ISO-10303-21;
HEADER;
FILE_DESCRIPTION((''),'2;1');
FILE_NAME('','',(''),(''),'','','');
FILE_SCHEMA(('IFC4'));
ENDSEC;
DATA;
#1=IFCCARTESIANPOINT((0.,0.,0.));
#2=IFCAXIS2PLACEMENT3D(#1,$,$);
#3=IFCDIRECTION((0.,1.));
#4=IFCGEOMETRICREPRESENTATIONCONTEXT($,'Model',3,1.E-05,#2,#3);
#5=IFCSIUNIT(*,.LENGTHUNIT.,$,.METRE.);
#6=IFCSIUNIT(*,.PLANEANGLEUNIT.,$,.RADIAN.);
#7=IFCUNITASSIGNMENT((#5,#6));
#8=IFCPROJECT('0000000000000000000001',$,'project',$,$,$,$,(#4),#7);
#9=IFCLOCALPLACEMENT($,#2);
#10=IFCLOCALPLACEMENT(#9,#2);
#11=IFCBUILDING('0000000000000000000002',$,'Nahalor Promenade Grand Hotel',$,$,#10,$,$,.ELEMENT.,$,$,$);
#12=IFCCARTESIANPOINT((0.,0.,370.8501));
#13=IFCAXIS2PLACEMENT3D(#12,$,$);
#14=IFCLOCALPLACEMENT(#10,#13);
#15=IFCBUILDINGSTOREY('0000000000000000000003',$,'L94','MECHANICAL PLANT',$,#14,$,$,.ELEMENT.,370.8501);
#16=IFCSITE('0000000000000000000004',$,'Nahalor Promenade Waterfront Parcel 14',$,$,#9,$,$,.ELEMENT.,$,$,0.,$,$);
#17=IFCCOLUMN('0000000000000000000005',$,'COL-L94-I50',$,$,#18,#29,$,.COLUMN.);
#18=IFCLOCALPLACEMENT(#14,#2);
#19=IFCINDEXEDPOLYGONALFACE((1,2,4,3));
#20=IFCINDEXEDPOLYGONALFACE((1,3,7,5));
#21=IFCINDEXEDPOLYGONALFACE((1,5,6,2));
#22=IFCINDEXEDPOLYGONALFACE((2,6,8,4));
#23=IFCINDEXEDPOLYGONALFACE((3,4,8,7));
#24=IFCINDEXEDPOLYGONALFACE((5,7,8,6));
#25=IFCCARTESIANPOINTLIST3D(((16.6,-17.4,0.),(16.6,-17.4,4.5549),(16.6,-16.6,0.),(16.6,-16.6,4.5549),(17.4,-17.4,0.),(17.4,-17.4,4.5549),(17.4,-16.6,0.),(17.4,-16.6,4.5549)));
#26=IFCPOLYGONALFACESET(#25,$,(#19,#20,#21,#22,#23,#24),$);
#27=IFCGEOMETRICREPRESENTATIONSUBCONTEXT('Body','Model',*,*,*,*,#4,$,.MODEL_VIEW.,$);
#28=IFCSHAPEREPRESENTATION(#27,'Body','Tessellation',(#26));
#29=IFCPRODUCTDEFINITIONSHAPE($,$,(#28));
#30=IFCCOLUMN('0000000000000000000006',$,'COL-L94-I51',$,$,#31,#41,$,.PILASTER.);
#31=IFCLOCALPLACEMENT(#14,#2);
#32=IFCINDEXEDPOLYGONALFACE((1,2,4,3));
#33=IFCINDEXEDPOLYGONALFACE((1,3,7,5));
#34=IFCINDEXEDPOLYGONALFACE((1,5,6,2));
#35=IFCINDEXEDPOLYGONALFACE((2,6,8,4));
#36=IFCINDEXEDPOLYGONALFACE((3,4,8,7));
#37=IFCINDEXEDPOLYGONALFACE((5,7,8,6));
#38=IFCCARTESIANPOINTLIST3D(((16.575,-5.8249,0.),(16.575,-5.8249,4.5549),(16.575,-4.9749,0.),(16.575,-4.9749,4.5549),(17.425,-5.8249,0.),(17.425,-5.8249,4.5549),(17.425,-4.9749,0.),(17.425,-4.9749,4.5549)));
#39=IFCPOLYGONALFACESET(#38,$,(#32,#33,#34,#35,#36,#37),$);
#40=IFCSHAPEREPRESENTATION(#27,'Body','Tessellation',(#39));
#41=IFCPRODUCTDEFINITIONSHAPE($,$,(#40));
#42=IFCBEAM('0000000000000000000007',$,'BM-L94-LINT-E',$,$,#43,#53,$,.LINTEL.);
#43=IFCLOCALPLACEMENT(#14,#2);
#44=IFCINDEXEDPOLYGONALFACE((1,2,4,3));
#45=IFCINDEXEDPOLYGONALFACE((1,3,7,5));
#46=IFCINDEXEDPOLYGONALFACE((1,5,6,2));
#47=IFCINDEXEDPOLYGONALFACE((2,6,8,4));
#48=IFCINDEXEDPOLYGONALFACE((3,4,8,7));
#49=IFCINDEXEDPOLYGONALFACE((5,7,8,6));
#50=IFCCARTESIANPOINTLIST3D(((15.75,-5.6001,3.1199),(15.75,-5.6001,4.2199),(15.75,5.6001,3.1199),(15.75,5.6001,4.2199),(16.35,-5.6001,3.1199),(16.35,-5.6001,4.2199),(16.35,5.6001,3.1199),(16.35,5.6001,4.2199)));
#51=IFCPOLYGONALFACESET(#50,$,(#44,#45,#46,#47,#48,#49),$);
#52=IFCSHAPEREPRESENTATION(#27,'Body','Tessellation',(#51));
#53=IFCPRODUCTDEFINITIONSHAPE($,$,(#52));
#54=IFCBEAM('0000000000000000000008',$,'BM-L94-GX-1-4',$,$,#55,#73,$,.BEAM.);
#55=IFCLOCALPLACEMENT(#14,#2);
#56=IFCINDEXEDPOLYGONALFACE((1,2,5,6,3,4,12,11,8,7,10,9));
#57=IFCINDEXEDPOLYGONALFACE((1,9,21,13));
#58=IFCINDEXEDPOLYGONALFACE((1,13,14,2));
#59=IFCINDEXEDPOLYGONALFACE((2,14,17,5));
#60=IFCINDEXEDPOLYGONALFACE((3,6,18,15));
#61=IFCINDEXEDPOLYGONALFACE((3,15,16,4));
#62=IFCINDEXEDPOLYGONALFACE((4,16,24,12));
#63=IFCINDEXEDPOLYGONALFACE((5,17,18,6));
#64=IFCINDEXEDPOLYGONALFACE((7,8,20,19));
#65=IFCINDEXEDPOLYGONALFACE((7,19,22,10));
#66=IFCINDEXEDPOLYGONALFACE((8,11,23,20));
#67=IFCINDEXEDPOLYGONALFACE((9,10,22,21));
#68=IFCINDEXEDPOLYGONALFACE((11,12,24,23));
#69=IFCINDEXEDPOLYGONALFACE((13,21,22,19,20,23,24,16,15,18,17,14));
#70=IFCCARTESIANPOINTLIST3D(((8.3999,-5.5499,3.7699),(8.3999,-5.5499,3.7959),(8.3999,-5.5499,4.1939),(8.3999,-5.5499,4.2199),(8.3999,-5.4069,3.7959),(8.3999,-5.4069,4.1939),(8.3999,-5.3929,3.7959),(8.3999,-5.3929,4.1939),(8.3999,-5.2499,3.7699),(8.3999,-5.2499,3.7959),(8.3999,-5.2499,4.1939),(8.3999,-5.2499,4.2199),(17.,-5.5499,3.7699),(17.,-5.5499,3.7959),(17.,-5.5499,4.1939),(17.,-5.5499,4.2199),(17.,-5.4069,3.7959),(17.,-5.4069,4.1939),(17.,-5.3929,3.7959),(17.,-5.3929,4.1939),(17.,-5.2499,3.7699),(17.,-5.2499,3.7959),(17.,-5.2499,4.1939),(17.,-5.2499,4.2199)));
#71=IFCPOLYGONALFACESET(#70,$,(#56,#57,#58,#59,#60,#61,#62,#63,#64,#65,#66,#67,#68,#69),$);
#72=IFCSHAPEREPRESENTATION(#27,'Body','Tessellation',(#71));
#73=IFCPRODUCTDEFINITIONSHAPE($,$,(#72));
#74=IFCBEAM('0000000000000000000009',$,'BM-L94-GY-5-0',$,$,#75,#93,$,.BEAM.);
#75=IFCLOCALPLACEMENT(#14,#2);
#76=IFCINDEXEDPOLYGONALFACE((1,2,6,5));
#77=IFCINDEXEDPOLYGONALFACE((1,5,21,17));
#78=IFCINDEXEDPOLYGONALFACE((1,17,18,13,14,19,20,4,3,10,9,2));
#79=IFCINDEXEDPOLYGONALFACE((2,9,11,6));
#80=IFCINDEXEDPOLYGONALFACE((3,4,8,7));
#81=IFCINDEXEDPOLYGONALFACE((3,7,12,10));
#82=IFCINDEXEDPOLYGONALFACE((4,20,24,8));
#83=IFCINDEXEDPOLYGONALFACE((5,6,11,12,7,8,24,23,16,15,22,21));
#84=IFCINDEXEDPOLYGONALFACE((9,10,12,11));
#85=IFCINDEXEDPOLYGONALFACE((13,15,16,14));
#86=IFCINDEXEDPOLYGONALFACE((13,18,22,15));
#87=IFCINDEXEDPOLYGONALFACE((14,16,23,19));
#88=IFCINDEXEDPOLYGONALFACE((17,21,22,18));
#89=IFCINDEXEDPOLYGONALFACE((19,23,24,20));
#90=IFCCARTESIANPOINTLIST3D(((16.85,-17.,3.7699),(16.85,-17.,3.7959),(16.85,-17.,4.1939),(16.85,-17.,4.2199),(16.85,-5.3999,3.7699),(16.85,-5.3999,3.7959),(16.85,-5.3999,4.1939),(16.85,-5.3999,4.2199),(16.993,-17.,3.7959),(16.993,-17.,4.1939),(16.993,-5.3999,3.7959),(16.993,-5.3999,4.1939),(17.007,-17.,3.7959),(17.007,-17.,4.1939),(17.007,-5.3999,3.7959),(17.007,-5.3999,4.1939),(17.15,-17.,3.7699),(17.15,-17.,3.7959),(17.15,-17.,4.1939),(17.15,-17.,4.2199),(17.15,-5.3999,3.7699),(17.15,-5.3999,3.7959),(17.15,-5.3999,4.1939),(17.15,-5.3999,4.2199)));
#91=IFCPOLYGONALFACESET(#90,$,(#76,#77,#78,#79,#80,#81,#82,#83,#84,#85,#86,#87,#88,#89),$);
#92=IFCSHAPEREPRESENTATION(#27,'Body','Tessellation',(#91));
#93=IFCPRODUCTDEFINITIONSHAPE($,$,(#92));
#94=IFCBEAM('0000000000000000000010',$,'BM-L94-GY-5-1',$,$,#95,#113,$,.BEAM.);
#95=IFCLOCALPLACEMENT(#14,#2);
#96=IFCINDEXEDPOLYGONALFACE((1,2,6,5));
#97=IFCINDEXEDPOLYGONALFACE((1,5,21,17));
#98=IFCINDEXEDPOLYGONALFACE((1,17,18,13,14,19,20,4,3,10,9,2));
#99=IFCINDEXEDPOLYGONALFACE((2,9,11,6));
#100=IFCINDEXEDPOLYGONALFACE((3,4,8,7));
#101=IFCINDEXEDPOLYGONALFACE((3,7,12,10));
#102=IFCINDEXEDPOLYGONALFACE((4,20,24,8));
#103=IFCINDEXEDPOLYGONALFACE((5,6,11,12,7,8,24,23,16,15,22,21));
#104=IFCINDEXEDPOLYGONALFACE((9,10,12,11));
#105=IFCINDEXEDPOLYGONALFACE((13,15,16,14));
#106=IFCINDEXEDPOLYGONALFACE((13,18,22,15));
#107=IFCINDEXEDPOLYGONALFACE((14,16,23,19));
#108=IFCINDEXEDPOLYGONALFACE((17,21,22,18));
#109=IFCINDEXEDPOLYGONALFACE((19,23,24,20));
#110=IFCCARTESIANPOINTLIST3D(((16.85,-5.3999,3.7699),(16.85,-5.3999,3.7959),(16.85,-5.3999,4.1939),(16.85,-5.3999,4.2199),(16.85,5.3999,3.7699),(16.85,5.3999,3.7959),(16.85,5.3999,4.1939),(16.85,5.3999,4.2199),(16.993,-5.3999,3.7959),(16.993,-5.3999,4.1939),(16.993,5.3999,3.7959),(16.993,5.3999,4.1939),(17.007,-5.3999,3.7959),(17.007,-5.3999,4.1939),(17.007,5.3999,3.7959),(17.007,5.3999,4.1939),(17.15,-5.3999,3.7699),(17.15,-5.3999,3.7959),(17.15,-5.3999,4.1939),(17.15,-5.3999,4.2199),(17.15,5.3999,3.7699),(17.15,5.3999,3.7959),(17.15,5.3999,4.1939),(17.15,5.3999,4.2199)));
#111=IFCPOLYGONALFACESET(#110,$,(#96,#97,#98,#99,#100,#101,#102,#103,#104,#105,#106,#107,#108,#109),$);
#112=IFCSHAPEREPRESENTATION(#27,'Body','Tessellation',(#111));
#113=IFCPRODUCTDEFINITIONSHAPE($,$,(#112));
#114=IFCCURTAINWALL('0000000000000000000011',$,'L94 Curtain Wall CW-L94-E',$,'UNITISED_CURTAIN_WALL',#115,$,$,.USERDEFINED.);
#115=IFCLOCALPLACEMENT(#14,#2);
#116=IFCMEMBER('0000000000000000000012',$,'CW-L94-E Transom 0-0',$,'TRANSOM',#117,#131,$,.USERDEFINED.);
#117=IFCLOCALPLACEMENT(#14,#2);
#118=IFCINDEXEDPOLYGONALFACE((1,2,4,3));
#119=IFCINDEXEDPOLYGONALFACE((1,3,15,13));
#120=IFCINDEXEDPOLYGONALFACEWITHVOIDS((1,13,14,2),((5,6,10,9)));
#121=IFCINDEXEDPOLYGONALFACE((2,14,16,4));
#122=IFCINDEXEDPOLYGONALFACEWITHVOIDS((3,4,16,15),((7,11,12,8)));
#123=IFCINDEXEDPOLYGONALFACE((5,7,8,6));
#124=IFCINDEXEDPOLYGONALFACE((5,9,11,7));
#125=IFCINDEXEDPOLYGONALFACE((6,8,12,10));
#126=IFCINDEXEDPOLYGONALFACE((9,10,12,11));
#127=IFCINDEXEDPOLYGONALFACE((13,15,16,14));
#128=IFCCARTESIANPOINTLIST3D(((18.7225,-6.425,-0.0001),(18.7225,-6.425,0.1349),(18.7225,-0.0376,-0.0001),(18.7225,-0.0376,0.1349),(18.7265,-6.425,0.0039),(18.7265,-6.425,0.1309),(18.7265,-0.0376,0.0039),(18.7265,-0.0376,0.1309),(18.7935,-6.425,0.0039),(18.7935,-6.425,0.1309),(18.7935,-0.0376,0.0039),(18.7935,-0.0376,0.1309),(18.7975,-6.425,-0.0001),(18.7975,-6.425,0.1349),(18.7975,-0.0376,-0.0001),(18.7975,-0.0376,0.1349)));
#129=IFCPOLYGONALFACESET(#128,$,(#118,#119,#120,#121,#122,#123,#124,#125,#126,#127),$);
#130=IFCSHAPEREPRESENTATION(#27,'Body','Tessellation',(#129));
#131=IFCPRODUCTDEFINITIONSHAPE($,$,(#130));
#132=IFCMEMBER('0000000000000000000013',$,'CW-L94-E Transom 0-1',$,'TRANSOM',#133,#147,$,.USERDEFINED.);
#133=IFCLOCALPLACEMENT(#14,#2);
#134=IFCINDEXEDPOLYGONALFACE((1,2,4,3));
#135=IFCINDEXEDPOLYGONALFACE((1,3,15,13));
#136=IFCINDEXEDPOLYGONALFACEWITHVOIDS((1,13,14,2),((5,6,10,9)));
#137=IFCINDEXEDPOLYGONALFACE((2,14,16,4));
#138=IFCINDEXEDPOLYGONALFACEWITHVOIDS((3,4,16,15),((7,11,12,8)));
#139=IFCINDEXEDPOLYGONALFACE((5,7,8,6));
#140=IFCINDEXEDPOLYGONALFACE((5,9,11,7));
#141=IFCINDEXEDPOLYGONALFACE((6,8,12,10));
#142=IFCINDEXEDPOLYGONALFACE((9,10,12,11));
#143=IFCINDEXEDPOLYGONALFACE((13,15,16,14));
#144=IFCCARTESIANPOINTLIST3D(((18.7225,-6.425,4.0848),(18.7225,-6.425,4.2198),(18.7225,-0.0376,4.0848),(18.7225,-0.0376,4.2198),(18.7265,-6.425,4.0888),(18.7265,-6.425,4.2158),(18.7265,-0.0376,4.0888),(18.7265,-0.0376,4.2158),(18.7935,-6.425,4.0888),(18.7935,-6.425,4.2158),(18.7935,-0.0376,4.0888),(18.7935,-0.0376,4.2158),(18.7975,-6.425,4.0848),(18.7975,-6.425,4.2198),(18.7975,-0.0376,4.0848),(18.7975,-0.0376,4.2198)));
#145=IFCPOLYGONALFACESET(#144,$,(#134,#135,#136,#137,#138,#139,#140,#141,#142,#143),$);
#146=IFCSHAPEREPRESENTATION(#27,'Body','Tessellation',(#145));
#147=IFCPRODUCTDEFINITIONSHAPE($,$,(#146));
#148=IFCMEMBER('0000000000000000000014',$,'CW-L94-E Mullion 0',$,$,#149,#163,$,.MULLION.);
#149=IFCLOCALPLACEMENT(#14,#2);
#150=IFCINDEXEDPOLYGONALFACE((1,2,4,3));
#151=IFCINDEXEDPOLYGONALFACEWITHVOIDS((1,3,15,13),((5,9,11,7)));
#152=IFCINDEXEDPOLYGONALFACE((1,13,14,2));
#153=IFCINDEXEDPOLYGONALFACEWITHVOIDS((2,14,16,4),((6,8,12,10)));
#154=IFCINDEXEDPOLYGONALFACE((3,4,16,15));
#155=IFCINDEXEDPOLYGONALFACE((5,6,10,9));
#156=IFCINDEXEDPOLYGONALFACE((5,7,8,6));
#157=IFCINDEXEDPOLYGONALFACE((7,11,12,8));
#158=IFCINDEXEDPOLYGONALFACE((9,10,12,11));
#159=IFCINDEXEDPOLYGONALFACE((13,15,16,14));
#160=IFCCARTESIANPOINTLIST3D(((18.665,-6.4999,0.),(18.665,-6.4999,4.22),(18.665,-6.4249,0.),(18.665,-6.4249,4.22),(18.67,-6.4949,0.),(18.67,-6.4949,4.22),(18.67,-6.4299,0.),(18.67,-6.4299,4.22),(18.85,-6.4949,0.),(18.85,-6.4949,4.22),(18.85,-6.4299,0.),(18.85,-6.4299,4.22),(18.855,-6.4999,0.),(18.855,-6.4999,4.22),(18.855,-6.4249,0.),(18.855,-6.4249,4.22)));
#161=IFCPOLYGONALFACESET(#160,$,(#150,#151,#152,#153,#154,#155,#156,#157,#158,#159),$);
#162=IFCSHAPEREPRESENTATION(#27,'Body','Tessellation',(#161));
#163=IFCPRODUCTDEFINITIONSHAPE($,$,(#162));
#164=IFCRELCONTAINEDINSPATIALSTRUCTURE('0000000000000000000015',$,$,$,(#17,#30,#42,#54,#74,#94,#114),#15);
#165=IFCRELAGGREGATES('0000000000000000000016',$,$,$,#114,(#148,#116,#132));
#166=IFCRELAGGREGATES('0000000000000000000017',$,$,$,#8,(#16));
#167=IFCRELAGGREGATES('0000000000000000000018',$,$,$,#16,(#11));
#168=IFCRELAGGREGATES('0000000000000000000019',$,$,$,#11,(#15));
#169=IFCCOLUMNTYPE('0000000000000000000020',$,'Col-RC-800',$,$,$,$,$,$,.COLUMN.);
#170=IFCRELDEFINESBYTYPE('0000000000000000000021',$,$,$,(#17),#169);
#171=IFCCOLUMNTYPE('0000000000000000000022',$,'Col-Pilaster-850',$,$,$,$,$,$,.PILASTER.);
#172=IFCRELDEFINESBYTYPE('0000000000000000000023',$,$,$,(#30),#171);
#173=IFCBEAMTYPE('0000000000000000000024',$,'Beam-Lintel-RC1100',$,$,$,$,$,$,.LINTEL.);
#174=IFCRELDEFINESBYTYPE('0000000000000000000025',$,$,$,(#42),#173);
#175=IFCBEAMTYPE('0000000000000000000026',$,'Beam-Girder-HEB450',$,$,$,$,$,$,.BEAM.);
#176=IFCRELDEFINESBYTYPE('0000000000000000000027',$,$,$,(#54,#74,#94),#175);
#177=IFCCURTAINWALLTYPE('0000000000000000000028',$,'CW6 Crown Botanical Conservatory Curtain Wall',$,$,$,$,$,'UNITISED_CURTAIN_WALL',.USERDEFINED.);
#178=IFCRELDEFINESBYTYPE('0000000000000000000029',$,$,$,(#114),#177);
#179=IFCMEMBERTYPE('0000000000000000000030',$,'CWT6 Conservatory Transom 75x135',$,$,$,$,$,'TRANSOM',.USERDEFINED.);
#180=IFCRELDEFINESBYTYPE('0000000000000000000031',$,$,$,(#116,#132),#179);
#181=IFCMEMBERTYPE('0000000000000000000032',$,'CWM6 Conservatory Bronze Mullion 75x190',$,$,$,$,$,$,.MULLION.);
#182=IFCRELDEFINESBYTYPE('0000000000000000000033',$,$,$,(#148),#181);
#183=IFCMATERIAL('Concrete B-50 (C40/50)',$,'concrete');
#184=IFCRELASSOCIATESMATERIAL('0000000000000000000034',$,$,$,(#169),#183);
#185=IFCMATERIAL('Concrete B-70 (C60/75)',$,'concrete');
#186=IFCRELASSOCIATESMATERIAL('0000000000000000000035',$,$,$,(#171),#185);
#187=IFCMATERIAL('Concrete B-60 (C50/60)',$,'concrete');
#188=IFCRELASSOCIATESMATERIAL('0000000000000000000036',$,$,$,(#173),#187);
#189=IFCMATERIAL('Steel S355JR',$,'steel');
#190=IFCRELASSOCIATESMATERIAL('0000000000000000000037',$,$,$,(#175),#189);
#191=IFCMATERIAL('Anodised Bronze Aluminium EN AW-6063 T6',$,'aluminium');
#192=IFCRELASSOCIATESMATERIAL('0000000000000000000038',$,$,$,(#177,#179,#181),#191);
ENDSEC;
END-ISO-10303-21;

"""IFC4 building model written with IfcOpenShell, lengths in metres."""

from ifc_helpers import new_model, si_unit, direction, frame, origin, origin_2d, place, context, subcontext, project, spatial, rectangle, hollow_rectangle, i_section, extrude, source, transform, mapped, material, material_profile, profile_set, type_object, element, aggregate, save


model = new_model("IFC4")

# Units and contexts
model_context = context("Model", 3, precision=1e-05, world=origin(), true_north=direction((0.0, 1.0)))
body_context = subcontext(model_context, "Body", "Model", "MODEL_VIEW")
ifc_project = project(units=[si_unit("LENGTHUNIT", "METRE"), si_unit("PLANEANGLEUNIT", "RADIAN")], contexts=[model_context])

# Site, building, storey
site_placement = place(None, origin())
site = spatial("IfcSite", under=ifc_project, at=site_placement, Name="Nahalor Promenade Waterfront Parcel 14", CompositionType="ELEMENT", RefElevation=0.0)
building_placement = place(site_placement, origin())
building = spatial("IfcBuilding", under=site, at=building_placement, Name="Nahalor Promenade Grand Hotel", CompositionType="ELEMENT")
storey_placement = place(building_placement, frame((0.0, 0.0, 370.8501)))
storey = spatial("IfcBuildingStorey", under=building, at=storey_placement, Name="L94", Description="MECHANICAL PLANT", CompositionType="ELEMENT", Elevation=370.8501)

# Columns
ifc_material_1 = material(Name="Concrete B-50 (C40/50)", Category="concrete")
ifc_material_profile_1 = material_profile(ifc_material_1, rectangle(XDim=0.8, YDim=0.8, at=origin_2d()), Name="RC 800x800")
ifc_profile_set_1 = profile_set([ifc_material_profile_1], Name="Concrete B-50 (C40/50)")
column_type_1 = type_object("IfcColumnType", Name="Col-RC-800", PredefinedType="COLUMN", material=ifc_profile_set_1)
shared_shape_1 = source(origin(), body_context, "Body", "SweptSolid", [
    extrude(rectangle(XDim=0.8, YDim=0.8, at=origin_2d()), origin(), (0.0, 0.0, 1.0), 4.5549),
])
column_1_placement = place(storey_placement, frame((17.0, -17.0, 0.0), z_axis=(0.0, 0.0, 1.0), x_axis=(1.0, 0.0, 0.0)))
element("IfcColumn", 1, at=column_1_placement, inside=storey, type_object=column_type_1, Name="COL-L94-I50", PredefinedType="COLUMN", context=body_context, shape_type="MappedRepresentation", body=[
    mapped(shared_shape_1, transform((0.0, 0.0, 0.0), scale=1.0)),
])
ifc_material_2 = material(Name="Concrete B-70 (C60/75)", Category="concrete")
ifc_material_profile_2 = material_profile(ifc_material_2, rectangle(XDim=0.85, YDim=0.85, at=origin_2d()), Name="RC 850x850")
ifc_profile_set_2 = profile_set([ifc_material_profile_2], Name="Concrete B-70 (C60/75)")
column_type_2 = type_object("IfcColumnType", Name="Col-Pilaster-850", PredefinedType="PILASTER", material=ifc_profile_set_2)
shared_shape_2 = source(origin(), body_context, "Body", "SweptSolid", [
    extrude(rectangle(XDim=0.85, YDim=0.85, at=origin_2d()), origin(), (0.0, 0.0, 1.0), 4.5549),
])
column_2_placement = place(storey_placement, frame((17.0, -5.3999, 0.0), z_axis=(0.0, 0.0, 1.0), x_axis=(1.0, 0.0, 0.0)))
element("IfcColumn", 2, at=column_2_placement, inside=storey, type_object=column_type_2, Name="COL-L94-I51", PredefinedType="PILASTER", context=body_context, shape_type="MappedRepresentation", body=[
    mapped(shared_shape_2, transform((0.0, 0.0, 0.0), scale=1.0)),
])

# Beams
ifc_material_3 = material(Name="Concrete B-60 (C50/60)", Category="concrete")
ifc_material_profile_3 = material_profile(ifc_material_3, rectangle(XDim=0.6, YDim=1.1, at=origin_2d()), Name="RC 600x1100")
ifc_profile_set_3 = profile_set([ifc_material_profile_3], Name="Concrete B-60 (C50/60)")
beam_type_1 = type_object("IfcBeamType", Name="Beam-Lintel-RC1100", PredefinedType="LINTEL", material=ifc_profile_set_3)
shared_shape_3 = source(origin(), body_context, "Body", "SweptSolid", [
    extrude(rectangle(XDim=0.6, YDim=1.1, at=origin_2d()), origin(), (0.0, 0.0, 1.0), 11.2002),
])
beam_1_placement = place(storey_placement, frame((16.05, -5.6001, 3.6699), z_axis=(0.0, 1.0, 0.0), x_axis=(-1.0, 0.0, 0.0)))
element("IfcBeam", 3, at=beam_1_placement, inside=storey, type_object=beam_type_1, Name="BM-L94-LINT-E", PredefinedType="LINTEL", context=body_context, shape_type="MappedRepresentation", body=[
    mapped(shared_shape_3, transform((0.0, 0.0, 0.0), scale=1.0)),
])
ifc_material_4 = material(Name="Steel S355JR", Category="steel")
ifc_material_profile_4 = material_profile(ifc_material_4, i_section(OverallWidth=0.3, OverallDepth=0.45, WebThickness=0.014, FlangeThickness=0.026, at=origin_2d()), Name="HEB 450")
ifc_profile_set_4 = profile_set([ifc_material_profile_4], Name="Steel S355JR")
beam_type_2 = type_object("IfcBeamType", Name="Beam-Girder-HEB450", PredefinedType="BEAM", material=ifc_profile_set_4)
shared_shape_4 = source(origin(), body_context, "Body", "SweptSolid", [
    extrude(i_section(OverallWidth=0.3, OverallDepth=0.45, WebThickness=0.014, FlangeThickness=0.026, at=origin_2d()), origin(), (0.0, 0.0, 1.0), 8.6001),
])
beam_2_placement = place(storey_placement, frame((8.3999, -5.3999, 3.9949), z_axis=(1.0, 0.0, 0.0), x_axis=(0.0, 1.0, 0.0)))
element("IfcBeam", 4, at=beam_2_placement, inside=storey, type_object=beam_type_2, Name="BM-L94-GX-1-4", PredefinedType="BEAM", context=body_context, shape_type="MappedRepresentation", body=[
    mapped(shared_shape_4, transform((0.0, 0.0, 0.0), scale=1.0)),
])
shared_shape_5 = source(origin(), body_context, "Body", "SweptSolid", [
    extrude(i_section(OverallWidth=0.3, OverallDepth=0.45, WebThickness=0.014, FlangeThickness=0.026, at=origin_2d()), origin(), (0.0, 0.0, 1.0), 11.6001),
])
beam_3_placement = place(storey_placement, frame((17.0, -17.0, 3.9949), z_axis=(0.0, 1.0, 0.0), x_axis=(-1.0, 0.0, 0.0)))
element("IfcBeam", 5, at=beam_3_placement, inside=storey, type_object=beam_type_2, Name="BM-L94-GY-5-0", PredefinedType="BEAM", context=body_context, shape_type="MappedRepresentation", body=[
    mapped(shared_shape_5, transform((0.0, 0.0, 0.0), scale=1.0)),
])
shared_shape_6 = source(origin(), body_context, "Body", "SweptSolid", [
    extrude(i_section(OverallWidth=0.3, OverallDepth=0.45, WebThickness=0.014, FlangeThickness=0.026, at=origin_2d()), origin(), (0.0, 0.0, 1.0), 10.7998),
])
beam_4_placement = place(storey_placement, frame((17.0, -5.3999, 3.9949), z_axis=(0.0, 1.0, 0.0), x_axis=(-1.0, 0.0, 0.0)))
element("IfcBeam", 6, at=beam_4_placement, inside=storey, type_object=beam_type_2, Name="BM-L94-GY-5-1", PredefinedType="BEAM", context=body_context, shape_type="MappedRepresentation", body=[
    mapped(shared_shape_6, transform((0.0, 0.0, 0.0), scale=1.0)),
])

# Curtain wall, members
ifc_material_5 = material(Name="Anodised Bronze Aluminium EN AW-6063 T6", Category="aluminium")
curtain_wall_type = type_object("IfcCurtainWallType", Name="CW6 Crown Botanical Conservatory Curtain Wall", ElementType="UNITISED_CURTAIN_WALL", PredefinedType="USERDEFINED", material=ifc_material_5)
curtain_wall_placement = place(storey_placement, origin())
curtain_wall = element("IfcCurtainWall", 7, at=curtain_wall_placement, inside=storey, type_object=curtain_wall_type, Name="L94 Curtain Wall CW-L94-E", ObjectType="UNITISED_CURTAIN_WALL", PredefinedType="USERDEFINED")
ifc_material_profile_5 = material_profile(ifc_material_5, hollow_rectangle(XDim=0.075, YDim=0.135, WallThickness=0.004, at=origin_2d()), Name="CWT 75x135x4")
ifc_profile_set_5 = profile_set([ifc_material_profile_5], Name="Anodised Bronze Aluminium EN AW-6063 T6")
member_type_1 = type_object("IfcMemberType", Name="CWT6 Conservatory Transom 75x135", ElementType="TRANSOM", PredefinedType="USERDEFINED", material=ifc_profile_set_5)
shared_shape_7 = source(origin(), body_context, "Body", "SweptSolid", [
    extrude(hollow_rectangle(XDim=0.075, YDim=0.135, WallThickness=0.004, at=origin_2d()), origin(), (0.0, 0.0, 1.0), 6.3875),
])
member_1_placement = place(storey_placement, frame((18.76, -6.425, 0.0674), z_axis=(0.0, 1.0, 0.0), x_axis=(-1.0, 0.0, 0.0)))
member_1 = element("IfcMember", 8, at=member_1_placement, type_object=member_type_1, Name="CW-L94-E Transom 0-0", ObjectType="TRANSOM", PredefinedType="USERDEFINED", context=body_context, shape_type="MappedRepresentation", body=[
    mapped(shared_shape_7, transform((0.0, 0.0, 0.0), scale=1.0)),
])
member_2_placement = place(storey_placement, frame((18.76, -6.425, 4.1523), z_axis=(0.0, 1.0, 0.0), x_axis=(-1.0, 0.0, 0.0)))
member_2 = element("IfcMember", 9, at=member_2_placement, type_object=member_type_1, Name="CW-L94-E Transom 0-1", ObjectType="TRANSOM", PredefinedType="USERDEFINED", context=body_context, shape_type="MappedRepresentation", body=[
    mapped(shared_shape_7, transform((0.0, 0.0, 0.0), scale=1.0)),
])
ifc_material_profile_6 = material_profile(ifc_material_5, hollow_rectangle(XDim=0.075, YDim=0.19, WallThickness=0.005, at=origin_2d()), Name="CWM 75x190x5")
ifc_profile_set_6 = profile_set([ifc_material_profile_6], Name="Anodised Bronze Aluminium EN AW-6063 T6")
member_type_2 = type_object("IfcMemberType", Name="CWM6 Conservatory Bronze Mullion 75x190", PredefinedType="MULLION", material=ifc_profile_set_6)
shared_shape_8 = source(origin(), body_context, "Body", "SweptSolid", [
    extrude(hollow_rectangle(XDim=0.075, YDim=0.19, WallThickness=0.005, at=origin_2d()), origin(), (0.0, 0.0, 1.0), 4.22),
])
member_3_placement = place(storey_placement, frame((18.76, -6.4624, 0.0), z_axis=(0.0, 0.0, 1.0), x_axis=(0.0, 1.0, 0.0)))
member_3 = element("IfcMember", 10, at=member_3_placement, type_object=member_type_2, Name="CW-L94-E Mullion 0", PredefinedType="MULLION", context=body_context, shape_type="MappedRepresentation", body=[
    mapped(shared_shape_8, transform((0.0, 0.0, 0.0), scale=1.0)),
])
aggregate(curtain_wall, [member_3, member_1, member_2])

save(model, "model.ifc")
